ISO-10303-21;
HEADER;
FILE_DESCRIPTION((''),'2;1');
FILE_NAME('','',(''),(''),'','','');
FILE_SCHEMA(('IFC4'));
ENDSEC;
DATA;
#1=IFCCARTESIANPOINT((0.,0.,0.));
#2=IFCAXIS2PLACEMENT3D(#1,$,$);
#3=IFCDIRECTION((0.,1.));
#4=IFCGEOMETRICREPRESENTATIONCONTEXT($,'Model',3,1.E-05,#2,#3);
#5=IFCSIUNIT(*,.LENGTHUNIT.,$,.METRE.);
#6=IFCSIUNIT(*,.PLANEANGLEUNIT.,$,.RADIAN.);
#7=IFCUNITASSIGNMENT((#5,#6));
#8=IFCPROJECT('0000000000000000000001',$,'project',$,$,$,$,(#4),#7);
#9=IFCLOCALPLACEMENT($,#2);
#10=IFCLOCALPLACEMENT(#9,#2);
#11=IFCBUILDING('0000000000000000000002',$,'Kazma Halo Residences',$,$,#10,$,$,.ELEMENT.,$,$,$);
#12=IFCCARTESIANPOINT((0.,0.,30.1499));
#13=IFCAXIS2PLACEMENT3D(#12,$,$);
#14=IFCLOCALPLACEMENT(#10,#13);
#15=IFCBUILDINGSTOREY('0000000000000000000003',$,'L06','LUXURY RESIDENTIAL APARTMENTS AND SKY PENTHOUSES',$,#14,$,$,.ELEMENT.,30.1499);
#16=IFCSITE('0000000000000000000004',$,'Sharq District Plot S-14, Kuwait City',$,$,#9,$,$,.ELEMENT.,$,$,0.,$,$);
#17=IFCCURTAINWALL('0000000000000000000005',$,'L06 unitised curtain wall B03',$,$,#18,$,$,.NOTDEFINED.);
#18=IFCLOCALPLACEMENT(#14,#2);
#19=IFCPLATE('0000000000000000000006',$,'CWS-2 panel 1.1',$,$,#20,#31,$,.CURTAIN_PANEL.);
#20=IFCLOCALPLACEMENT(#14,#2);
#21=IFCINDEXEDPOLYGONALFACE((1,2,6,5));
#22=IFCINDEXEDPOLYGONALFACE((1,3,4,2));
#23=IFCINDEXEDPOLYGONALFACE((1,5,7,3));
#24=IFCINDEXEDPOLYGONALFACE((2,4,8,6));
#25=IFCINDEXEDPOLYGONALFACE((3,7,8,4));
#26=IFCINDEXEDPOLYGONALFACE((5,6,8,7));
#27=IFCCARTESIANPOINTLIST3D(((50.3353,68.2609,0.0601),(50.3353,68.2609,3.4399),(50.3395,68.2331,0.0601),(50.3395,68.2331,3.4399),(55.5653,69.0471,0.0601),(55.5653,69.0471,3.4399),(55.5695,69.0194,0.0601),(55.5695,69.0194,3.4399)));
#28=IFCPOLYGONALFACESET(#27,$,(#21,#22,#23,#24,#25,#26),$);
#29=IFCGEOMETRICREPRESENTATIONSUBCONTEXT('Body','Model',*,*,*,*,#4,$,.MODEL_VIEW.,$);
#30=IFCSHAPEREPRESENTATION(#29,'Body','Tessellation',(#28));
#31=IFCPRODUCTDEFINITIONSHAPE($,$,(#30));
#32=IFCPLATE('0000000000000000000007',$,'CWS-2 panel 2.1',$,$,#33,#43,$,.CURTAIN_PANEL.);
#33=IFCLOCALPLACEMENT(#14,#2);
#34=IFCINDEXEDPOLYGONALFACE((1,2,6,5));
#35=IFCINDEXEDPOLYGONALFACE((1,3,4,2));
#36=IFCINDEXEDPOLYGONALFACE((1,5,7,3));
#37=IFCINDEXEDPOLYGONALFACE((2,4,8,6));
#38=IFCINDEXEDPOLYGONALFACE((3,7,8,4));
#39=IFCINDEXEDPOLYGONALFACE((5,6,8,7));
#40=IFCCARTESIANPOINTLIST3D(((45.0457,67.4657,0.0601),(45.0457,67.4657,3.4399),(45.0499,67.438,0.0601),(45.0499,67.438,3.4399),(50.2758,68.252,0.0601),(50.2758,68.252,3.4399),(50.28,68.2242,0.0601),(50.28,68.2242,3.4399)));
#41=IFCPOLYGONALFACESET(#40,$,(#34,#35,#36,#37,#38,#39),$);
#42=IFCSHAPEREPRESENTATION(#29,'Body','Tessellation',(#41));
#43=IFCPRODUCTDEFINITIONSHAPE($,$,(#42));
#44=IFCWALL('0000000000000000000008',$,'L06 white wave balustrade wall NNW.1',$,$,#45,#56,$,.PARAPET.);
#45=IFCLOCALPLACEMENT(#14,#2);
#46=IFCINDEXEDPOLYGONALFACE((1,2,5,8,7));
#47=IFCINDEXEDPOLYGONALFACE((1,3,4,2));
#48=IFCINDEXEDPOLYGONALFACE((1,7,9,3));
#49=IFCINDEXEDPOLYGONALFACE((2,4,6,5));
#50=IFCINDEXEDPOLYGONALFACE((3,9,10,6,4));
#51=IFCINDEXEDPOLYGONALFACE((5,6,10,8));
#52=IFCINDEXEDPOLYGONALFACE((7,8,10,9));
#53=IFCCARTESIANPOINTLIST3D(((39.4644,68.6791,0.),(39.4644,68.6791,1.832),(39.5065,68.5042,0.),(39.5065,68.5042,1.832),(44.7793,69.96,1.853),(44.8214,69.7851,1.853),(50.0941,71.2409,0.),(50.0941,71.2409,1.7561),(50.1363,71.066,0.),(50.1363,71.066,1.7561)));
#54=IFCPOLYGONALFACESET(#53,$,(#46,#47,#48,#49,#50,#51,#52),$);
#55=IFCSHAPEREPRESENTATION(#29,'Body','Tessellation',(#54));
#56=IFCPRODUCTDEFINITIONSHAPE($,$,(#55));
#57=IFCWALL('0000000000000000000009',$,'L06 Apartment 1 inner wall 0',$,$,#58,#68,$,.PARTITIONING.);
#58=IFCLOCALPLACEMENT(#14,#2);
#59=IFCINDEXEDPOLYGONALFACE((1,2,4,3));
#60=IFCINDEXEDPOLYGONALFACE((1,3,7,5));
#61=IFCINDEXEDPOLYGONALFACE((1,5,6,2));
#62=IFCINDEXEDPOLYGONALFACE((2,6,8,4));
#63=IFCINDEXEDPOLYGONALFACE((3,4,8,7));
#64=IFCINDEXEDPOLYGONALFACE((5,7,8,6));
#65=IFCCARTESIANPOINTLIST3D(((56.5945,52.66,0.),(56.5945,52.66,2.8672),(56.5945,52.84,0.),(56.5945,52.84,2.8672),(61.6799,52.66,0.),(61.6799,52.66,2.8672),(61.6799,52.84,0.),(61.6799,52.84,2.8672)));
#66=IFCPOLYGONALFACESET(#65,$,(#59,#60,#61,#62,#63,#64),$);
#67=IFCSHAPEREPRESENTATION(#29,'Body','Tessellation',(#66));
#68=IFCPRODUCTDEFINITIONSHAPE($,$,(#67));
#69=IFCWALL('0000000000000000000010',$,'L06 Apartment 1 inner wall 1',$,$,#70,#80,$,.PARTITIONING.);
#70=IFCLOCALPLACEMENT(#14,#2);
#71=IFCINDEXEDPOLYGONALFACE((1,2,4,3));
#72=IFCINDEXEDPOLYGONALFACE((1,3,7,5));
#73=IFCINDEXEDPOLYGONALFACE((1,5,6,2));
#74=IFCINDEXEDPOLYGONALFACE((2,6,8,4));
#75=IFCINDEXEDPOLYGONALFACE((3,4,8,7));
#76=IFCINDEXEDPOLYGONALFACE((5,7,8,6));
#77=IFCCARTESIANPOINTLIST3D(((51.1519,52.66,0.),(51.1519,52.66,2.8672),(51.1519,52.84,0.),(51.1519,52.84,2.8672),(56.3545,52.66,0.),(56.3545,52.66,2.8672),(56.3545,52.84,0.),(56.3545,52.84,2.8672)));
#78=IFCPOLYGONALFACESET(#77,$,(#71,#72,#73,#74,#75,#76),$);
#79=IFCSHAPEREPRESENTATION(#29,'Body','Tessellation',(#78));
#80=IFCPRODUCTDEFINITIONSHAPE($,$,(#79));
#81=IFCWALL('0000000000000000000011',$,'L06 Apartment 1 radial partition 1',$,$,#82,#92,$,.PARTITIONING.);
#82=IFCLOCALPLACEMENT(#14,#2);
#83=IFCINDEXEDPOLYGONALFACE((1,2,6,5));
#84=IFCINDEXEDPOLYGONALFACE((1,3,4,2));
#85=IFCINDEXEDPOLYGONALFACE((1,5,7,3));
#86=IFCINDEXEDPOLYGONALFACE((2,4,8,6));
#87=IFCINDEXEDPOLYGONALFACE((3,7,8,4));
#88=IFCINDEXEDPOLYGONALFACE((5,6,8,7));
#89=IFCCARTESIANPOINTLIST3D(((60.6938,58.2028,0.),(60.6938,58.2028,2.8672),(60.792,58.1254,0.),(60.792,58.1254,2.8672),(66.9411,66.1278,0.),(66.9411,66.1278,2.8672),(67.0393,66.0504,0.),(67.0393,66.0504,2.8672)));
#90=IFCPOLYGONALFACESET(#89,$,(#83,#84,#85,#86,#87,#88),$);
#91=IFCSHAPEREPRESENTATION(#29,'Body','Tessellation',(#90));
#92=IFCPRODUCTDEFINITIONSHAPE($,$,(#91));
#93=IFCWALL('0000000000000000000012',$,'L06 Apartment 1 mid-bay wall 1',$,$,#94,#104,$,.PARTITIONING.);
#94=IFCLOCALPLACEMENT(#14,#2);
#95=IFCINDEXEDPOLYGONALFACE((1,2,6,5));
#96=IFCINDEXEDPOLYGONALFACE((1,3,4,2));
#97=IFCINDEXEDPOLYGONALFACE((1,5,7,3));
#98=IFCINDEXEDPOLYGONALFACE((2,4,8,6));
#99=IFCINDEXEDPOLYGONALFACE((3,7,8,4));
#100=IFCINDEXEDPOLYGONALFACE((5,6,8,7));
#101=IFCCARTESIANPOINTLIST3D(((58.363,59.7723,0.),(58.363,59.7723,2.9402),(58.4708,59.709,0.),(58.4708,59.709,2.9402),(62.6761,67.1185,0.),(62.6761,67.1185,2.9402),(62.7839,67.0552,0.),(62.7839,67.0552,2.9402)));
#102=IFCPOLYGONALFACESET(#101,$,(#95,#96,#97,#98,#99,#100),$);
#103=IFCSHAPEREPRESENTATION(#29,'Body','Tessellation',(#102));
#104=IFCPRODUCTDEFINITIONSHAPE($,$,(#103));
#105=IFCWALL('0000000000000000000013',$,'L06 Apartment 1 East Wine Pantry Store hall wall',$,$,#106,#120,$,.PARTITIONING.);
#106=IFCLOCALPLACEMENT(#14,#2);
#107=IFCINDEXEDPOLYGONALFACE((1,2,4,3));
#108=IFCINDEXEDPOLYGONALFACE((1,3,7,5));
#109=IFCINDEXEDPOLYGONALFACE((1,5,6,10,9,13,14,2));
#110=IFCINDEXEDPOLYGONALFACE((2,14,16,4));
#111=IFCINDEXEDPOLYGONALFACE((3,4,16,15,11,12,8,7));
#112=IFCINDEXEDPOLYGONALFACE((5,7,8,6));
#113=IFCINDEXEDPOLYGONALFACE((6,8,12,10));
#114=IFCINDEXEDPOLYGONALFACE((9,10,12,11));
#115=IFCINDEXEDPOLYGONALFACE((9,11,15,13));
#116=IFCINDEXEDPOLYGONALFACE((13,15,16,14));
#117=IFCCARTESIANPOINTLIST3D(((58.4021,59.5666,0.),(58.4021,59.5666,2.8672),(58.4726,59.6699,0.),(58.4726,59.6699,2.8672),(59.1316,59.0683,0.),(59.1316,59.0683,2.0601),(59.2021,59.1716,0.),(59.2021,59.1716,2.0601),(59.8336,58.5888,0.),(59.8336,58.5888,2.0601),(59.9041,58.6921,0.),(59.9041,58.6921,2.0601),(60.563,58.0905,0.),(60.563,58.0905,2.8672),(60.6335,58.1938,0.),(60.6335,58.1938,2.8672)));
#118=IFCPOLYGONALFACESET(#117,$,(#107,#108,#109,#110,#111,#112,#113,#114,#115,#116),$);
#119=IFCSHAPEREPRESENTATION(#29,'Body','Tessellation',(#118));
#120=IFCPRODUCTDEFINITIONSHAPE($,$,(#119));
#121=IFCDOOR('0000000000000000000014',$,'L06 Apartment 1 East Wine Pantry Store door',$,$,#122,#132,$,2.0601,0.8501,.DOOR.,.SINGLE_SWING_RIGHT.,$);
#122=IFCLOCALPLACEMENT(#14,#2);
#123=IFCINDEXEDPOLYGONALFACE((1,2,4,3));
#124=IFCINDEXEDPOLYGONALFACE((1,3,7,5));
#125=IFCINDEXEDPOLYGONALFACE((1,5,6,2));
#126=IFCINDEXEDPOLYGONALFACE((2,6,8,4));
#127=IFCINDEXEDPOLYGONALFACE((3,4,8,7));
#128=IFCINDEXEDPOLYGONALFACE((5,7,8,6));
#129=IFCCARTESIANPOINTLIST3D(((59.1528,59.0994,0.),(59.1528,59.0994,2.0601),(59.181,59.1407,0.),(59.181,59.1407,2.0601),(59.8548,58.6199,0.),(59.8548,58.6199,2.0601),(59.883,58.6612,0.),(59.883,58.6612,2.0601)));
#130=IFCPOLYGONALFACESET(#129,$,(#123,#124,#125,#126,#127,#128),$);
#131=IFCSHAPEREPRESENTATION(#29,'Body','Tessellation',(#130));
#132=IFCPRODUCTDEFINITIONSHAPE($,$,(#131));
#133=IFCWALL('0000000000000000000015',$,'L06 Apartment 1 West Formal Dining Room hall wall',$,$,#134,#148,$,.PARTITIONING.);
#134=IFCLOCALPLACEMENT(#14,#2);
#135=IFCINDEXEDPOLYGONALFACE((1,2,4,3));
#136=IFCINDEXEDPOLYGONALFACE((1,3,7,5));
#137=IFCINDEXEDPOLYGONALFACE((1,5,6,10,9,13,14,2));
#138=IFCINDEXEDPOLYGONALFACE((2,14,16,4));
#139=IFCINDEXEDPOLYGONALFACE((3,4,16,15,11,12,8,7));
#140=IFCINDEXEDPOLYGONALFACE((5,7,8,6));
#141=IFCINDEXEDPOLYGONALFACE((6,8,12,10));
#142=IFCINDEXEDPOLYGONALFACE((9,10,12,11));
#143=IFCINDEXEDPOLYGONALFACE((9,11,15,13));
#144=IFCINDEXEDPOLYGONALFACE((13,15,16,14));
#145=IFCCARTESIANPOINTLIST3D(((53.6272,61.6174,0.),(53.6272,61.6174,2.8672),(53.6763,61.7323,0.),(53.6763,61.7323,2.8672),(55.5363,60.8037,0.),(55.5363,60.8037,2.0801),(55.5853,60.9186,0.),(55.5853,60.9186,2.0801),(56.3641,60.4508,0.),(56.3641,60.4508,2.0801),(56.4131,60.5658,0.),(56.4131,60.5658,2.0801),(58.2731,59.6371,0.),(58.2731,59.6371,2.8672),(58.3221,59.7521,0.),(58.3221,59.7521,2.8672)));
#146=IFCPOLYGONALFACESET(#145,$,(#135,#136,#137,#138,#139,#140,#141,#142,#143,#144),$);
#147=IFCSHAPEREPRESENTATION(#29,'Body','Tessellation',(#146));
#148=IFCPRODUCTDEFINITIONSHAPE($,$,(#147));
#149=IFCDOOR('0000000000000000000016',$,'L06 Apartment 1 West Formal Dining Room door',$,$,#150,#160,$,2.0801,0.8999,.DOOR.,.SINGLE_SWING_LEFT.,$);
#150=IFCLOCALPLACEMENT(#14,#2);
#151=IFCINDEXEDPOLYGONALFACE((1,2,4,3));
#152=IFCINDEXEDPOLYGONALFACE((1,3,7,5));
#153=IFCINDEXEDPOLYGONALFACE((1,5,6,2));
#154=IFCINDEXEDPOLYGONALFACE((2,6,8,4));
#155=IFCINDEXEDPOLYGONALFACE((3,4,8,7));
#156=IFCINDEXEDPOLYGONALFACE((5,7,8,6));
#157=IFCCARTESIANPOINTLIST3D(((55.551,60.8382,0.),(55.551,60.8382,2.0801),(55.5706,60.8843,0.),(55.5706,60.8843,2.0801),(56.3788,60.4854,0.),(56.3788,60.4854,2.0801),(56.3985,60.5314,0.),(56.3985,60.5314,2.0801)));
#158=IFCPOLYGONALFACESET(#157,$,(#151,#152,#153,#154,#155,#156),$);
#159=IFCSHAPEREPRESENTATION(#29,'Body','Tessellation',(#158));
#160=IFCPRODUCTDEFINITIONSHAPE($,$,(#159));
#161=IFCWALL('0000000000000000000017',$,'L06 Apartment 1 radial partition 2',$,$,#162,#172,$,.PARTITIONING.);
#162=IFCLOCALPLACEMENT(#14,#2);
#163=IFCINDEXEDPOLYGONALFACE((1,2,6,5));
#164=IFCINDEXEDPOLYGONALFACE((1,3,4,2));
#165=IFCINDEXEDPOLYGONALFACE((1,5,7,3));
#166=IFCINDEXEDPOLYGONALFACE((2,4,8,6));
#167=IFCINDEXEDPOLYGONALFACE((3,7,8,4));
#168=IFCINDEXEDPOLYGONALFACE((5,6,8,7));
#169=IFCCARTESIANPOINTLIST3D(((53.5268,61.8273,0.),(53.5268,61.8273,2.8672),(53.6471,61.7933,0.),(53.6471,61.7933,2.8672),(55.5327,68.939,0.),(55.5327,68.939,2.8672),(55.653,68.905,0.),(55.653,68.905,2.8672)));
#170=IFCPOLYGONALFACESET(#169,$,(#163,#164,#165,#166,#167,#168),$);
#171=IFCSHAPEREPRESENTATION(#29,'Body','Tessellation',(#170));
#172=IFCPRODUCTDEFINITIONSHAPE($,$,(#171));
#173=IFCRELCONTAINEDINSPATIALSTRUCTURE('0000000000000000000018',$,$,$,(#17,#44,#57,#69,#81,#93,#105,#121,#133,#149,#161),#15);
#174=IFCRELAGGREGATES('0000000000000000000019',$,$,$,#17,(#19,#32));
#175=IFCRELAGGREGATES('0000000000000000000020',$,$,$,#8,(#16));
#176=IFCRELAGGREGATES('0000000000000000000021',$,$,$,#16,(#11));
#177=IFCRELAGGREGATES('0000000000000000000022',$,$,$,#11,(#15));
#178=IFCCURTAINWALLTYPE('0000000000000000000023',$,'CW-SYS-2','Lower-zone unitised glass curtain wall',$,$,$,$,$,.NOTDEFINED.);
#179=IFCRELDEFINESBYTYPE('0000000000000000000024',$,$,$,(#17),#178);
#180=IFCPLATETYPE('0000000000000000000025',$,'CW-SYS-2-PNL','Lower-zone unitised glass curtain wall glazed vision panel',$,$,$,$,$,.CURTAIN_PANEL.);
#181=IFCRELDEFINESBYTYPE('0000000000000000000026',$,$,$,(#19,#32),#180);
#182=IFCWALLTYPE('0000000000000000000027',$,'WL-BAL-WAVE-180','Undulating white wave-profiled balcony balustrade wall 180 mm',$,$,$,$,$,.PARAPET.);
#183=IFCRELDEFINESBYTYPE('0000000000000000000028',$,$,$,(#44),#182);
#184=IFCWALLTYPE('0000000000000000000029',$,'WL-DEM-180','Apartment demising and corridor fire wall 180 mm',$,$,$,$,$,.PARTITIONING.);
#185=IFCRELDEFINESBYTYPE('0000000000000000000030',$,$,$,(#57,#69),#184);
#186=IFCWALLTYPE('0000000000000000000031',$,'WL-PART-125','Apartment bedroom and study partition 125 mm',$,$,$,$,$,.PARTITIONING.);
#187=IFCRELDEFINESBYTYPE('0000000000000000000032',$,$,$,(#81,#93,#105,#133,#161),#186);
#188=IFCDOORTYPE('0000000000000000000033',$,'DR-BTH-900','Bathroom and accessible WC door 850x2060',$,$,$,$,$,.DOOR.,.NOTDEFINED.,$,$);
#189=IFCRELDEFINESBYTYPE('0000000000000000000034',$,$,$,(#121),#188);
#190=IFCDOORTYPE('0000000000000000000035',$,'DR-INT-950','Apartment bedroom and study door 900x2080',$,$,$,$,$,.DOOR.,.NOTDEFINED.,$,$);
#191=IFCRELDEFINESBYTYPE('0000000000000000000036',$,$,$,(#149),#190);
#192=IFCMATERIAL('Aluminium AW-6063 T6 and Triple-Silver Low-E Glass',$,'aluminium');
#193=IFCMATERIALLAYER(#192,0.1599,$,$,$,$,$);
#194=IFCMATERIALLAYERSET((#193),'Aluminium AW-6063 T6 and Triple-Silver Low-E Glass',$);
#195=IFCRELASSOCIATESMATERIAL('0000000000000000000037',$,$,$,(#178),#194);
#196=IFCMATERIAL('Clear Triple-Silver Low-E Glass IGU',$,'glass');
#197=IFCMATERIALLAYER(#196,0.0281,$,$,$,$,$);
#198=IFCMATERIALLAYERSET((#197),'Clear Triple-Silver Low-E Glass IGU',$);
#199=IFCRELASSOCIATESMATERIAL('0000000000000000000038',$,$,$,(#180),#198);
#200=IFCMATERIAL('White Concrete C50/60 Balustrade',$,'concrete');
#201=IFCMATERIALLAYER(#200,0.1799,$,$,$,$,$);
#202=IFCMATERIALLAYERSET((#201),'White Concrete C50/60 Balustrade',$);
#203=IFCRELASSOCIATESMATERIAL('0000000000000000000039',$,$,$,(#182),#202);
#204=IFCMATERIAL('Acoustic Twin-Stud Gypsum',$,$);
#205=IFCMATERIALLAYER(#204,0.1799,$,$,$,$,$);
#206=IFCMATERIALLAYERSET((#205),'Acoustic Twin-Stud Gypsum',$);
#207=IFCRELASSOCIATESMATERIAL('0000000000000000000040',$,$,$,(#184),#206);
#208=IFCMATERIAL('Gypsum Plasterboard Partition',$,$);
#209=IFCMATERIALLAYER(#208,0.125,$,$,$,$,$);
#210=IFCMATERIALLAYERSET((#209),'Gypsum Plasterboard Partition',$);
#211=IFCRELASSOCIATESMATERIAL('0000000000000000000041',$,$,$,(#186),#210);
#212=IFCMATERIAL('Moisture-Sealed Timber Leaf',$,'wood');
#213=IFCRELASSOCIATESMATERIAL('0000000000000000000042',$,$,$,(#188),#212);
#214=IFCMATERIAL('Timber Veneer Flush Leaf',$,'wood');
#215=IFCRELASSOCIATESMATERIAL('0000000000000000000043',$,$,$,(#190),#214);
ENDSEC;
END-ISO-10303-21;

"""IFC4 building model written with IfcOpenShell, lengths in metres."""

from ifc_helpers import new_model, si_unit, direction, frame, frame_2d, origin, origin_2d, place, context, subcontext, project, spatial, polyline, rectangle, outline, extrude, material, layer, layer_set, type_object, element, fill, aggregate, save


model = new_model("IFC4")

# Units and contexts
model_context = context("Model", 3, precision=1e-05, world=origin(), true_north=direction((0.0, 1.0)))
body_context = subcontext(model_context, "Body", "Model", "MODEL_VIEW")
ifc_project = project(units=[si_unit("LENGTHUNIT", "METRE"), si_unit("PLANEANGLEUNIT", "RADIAN")], contexts=[model_context])

# Site, building, storey
site_placement = place(None, origin())
site = spatial("IfcSite", under=ifc_project, at=site_placement, Name="Sharq District Plot S-14, Kuwait City", CompositionType="ELEMENT", RefElevation=0.0)
building_placement = place(site_placement, origin())
building = spatial("IfcBuilding", under=site, at=building_placement, Name="Kazma Halo Residences", CompositionType="ELEMENT")
storey_placement = place(building_placement, frame((0.0, 0.0, 30.1499)))
storey = spatial("IfcBuildingStorey", under=building, at=storey_placement, Name="L06", Description="LUXURY RESIDENTIAL APARTMENTS AND SKY PENTHOUSES", CompositionType="ELEMENT", Elevation=30.1499)

# Curtain wall, plates
ifc_material_1 = material(Name="Aluminium AW-6063 T6 and Triple-Silver Low-E Glass", Category="aluminium")
ifc_layer_1 = layer(ifc_material_1, 0.1599)
ifc_layer_set_1 = layer_set([ifc_layer_1], Name="Aluminium AW-6063 T6 and Triple-Silver Low-E Glass")
curtain_wall_type = type_object("IfcCurtainWallType", Name="CW-SYS-2", Description="Lower-zone unitised glass curtain wall", PredefinedType="NOTDEFINED", material=ifc_layer_set_1)
curtain_wall_placement = place(storey_placement, origin())
curtain_wall = element("IfcCurtainWall", 1, at=curtain_wall_placement, inside=storey, type_object=curtain_wall_type, Name="L06 unitised curtain wall B03", PredefinedType="NOTDEFINED")
ifc_material_2 = material(Name="Clear Triple-Silver Low-E Glass IGU", Category="glass")
ifc_layer_2 = layer(ifc_material_2, 0.0281)
ifc_layer_set_2 = layer_set([ifc_layer_2], Name="Clear Triple-Silver Low-E Glass IGU")
plate_type = type_object("IfcPlateType", Name="CW-SYS-2-PNL", Description="Lower-zone unitised glass curtain wall glazed vision panel", PredefinedType="CURTAIN_PANEL", material=ifc_layer_set_2)
plate_1_placement = place(storey_placement, frame((52.9524, 68.6401, 0.0601), z_axis=(0.0, 0.0, 1.0), x_axis=(-0.988889, -0.148657, 0.0)))
plate_1 = element("IfcPlate", 2, at=plate_1_placement, type_object=plate_type, Name="CWS-2 panel 1.1", PredefinedType="CURTAIN_PANEL", context=body_context, shape_type="SweptSolid", body=[
    extrude(rectangle(XDim=5.2888, YDim=0.0281, at=origin_2d()), origin(), (0.0, 0.0, 1.0), 3.3799),
])
plate_2_placement = place(storey_placement, frame((47.6628, 67.845, 0.0601), z_axis=(0.0, 0.0, 1.0), x_axis=(-0.988889, -0.148657, 0.0)))
plate_2 = element("IfcPlate", 3, at=plate_2_placement, type_object=plate_type, Name="CWS-2 panel 2.1", PredefinedType="CURTAIN_PANEL", context=body_context, shape_type="SweptSolid", body=[
    extrude(rectangle(XDim=5.2888, YDim=0.0281, at=origin_2d()), origin(), (0.0, 0.0, 1.0), 3.3799),
])
aggregate(curtain_wall, [plate_1, plate_2])

# Walls
ifc_material_3 = material(Name="White Concrete C50/60 Balustrade", Category="concrete")
ifc_layer_3 = layer(ifc_material_3, 0.1799)
ifc_layer_set_3 = layer_set([ifc_layer_3], Name="White Concrete C50/60 Balustrade")
wall_type_1 = type_object("IfcWallType", Name="WL-BAL-WAVE-180", Description="Undulating white wave-profiled balcony balustrade wall 180 mm", PredefinedType="PARAPET", material=ifc_layer_set_3)
wall_1_placement = place(storey_placement, frame((50.1152, 71.1533, 0.0), z_axis=(0.0, 0.0, 1.0), x_axis=(-0.972166, -0.234294, 0.0)))
element("IfcWall", 4, at=wall_1_placement, inside=storey, type_object=wall_type_1, Name="L06 white wave balustrade wall NNW.1", PredefinedType="PARAPET", context=body_context, shape_type="SweptSolid", body=[
    extrude(outline(polyline([(0.0, 0.0), (10.9341, 0.0), (10.9341, 1.832), (5.467, 1.853), (0.0, 1.7561), (0.0, 0.0)])), frame((0.0, 0.0898, 0.0), z_axis=(0.0, -1.0, 0.0), x_axis=(1.0, 0.0, 0.0)), (0.0, 0.0, 1.0), 0.1799),
])
ifc_material_4 = material(Name="Acoustic Twin-Stud Gypsum")
ifc_layer_4 = layer(ifc_material_4, 0.1799)
ifc_layer_set_4 = layer_set([ifc_layer_4], Name="Acoustic Twin-Stud Gypsum")
wall_type_2 = type_object("IfcWallType", Name="WL-DEM-180", Description="Apartment demising and corridor fire wall 180 mm", PredefinedType="PARTITIONING", material=ifc_layer_set_4)
wall_2_placement = place(storey_placement, frame((61.6799, 52.75, 0.0), z_axis=(0.0, 0.0, 1.0), x_axis=(-1.0, 0.0, 0.0)))
element("IfcWall", 5, at=wall_2_placement, inside=storey, type_object=wall_type_2, Name="L06 Apartment 1 inner wall 0", PredefinedType="PARTITIONING", context=body_context, shape_type="SweptSolid", body=[
    extrude(rectangle(XDim=5.0854, YDim=0.1799, at=frame_2d((2.5427, 0.0))), origin(), (0.0, 0.0, 1.0), 2.8672),
])
wall_3_placement = place(storey_placement, frame((56.3545, 52.75, 0.0), z_axis=(0.0, 0.0, 1.0), x_axis=(-1.0, 0.0, 0.0)))
element("IfcWall", 6, at=wall_3_placement, inside=storey, type_object=wall_type_2, Name="L06 Apartment 1 inner wall 1", PredefinedType="PARTITIONING", context=body_context, shape_type="SweptSolid", body=[
    extrude(rectangle(XDim=5.2026, YDim=0.1799, at=frame_2d((2.6013, 0.0))), origin(), (0.0, 0.0, 1.0), 2.8672),
])
ifc_material_5 = material(Name="Gypsum Plasterboard Partition")
ifc_layer_5 = layer(ifc_material_5, 0.125)
ifc_layer_set_5 = layer_set([ifc_layer_5], Name="Gypsum Plasterboard Partition")
wall_type_3 = type_object("IfcWallType", Name="WL-PART-125", Description="Apartment bedroom and study partition 125 mm", PredefinedType="PARTITIONING", material=ifc_layer_set_5)
wall_4_placement = place(storey_placement, frame((60.7429, 58.1641, 0.0), z_axis=(0.0, 0.0, 1.0), x_axis=(0.619076, 0.785331, 0.0)))
element("IfcWall", 7, at=wall_4_placement, inside=storey, type_object=wall_type_3, Name="L06 Apartment 1 radial partition 1", PredefinedType="PARTITIONING", context=body_context, shape_type="SweptSolid", body=[
    extrude(rectangle(XDim=10.0913, YDim=0.125, at=frame_2d((5.0457, 0.0))), origin(), (0.0, 0.0, 1.0), 2.8672),
])
wall_5_placement = place(storey_placement, frame((58.417, 59.7407, 0.0), z_axis=(0.0, 0.0, 1.0), x_axis=(0.506296, 0.86236, 0.0)))
element("IfcWall", 8, at=wall_5_placement, inside=storey, type_object=wall_type_3, Name="L06 Apartment 1 mid-bay wall 1", PredefinedType="PARTITIONING", context=body_context, shape_type="SweptSolid", body=[
    extrude(rectangle(XDim=8.5188, YDim=0.125, at=frame_2d((4.2593, 0.0))), origin(), (0.0, 0.0, 1.0), 2.9402),
])

# Walls, openings, doors
wall_6_placement = place(storey_placement, frame((60.5984, 58.1421, 0.0), z_axis=(0.0, 0.0, 1.0), x_axis=(-0.82574, 0.564052, 0.0)))
wall_6 = element("IfcWall", 9, at=wall_6_placement, inside=storey, type_object=wall_type_3, Name="L06 Apartment 1 East Wine Pantry Store hall wall", PredefinedType="PARTITIONING", context=body_context, shape_type="SweptSolid", body=[
    extrude(rectangle(XDim=2.6169, YDim=0.125, at=frame_2d((1.3086, 0.0))), origin(), (0.0, 0.0, 1.0), 2.8672),
])
opening_1_placement = place(wall_6_placement, frame((0.8835, 0.0, 0.0)))
opening_1 = element("IfcOpeningElement", 10, at=opening_1_placement, cuts=wall_6, PredefinedType="OPENING", context=body_context, shape_type="SweptSolid", body=[
    extrude(rectangle(XDim=0.8501, YDim=2.0601, at=frame_2d((0.425, 1.03))), frame((0.0, 0.0725, 0.0), z_axis=(0.0, -1.0, 0.0), x_axis=(1.0, 0.0, 0.0)), (0.0, 0.0, 1.0), 0.145),
])
ifc_material_6 = material(Name="Moisture-Sealed Timber Leaf", Category="wood")
door_type_1 = type_object("IfcDoorType", Name="DR-BTH-900", Description="Bathroom and accessible WC door 850x2060", OperationType="NOTDEFINED", PredefinedType="DOOR", material=ifc_material_6)
door_1_placement = place(opening_1_placement, origin())
door_1 = element("IfcDoor", 11, at=door_1_placement, inside=storey, type_object=door_type_1, Name="L06 Apartment 1 East Wine Pantry Store door", OperationType="SINGLE_SWING_RIGHT", OverallHeight=2.0601, OverallWidth=0.8501, PredefinedType="DOOR", context=body_context, shape_type="SweptSolid", body=[
    extrude(rectangle(XDim=0.8501, YDim=2.0601, at=frame_2d((0.425, 1.03))), frame((0.0, 0.0249, 0.0), z_axis=(0.0, -1.0, 0.0), x_axis=(1.0, 0.0, 0.0)), (0.0, 0.0, 1.0), 0.05),
])
fill(opening_1, door_1)
wall_7_placement = place(storey_placement, frame((58.2976, 59.6946, 0.0), z_axis=(0.0, 0.0, 1.0), x_axis=(-0.919918, 0.39211, 0.0)))
wall_7 = element("IfcWall", 12, at=wall_7_placement, inside=storey, type_object=wall_type_3, Name="L06 Apartment 1 West Formal Dining Room hall wall", PredefinedType="PARTITIONING", context=body_context, shape_type="SweptSolid", body=[
    extrude(rectangle(XDim=5.0503, YDim=0.125, at=frame_2d((2.5251, 0.0))), origin(), (0.0, 0.0, 1.0), 2.8672),
])
opening_2_placement = place(wall_7_placement, frame((2.0752, 0.0, 0.0)))
opening_2 = element("IfcOpeningElement", 13, at=opening_2_placement, cuts=wall_7, PredefinedType="OPENING", context=body_context, shape_type="SweptSolid", body=[
    extrude(rectangle(XDim=0.8999, YDim=2.0801, at=frame_2d((0.45, 1.04))), frame((0.0, 0.0725, 0.0), z_axis=(0.0, -1.0, 0.0), x_axis=(1.0, 0.0, 0.0)), (0.0, 0.0, 1.0), 0.145),
])
ifc_material_7 = material(Name="Timber Veneer Flush Leaf", Category="wood")
door_type_2 = type_object("IfcDoorType", Name="DR-INT-950", Description="Apartment bedroom and study door 900x2080", OperationType="NOTDEFINED", PredefinedType="DOOR", material=ifc_material_7)
door_2_placement = place(opening_2_placement, origin())
door_2 = element("IfcDoor", 14, at=door_2_placement, inside=storey, type_object=door_type_2, Name="L06 Apartment 1 West Formal Dining Room door", OperationType="SINGLE_SWING_LEFT", OverallHeight=2.0801, OverallWidth=0.8999, PredefinedType="DOOR", context=body_context, shape_type="SweptSolid", body=[
    extrude(rectangle(XDim=0.8999, YDim=2.0801, at=frame_2d((0.45, 1.04))), frame((0.0, 0.0249, 0.0), z_axis=(0.0, -1.0, 0.0), x_axis=(1.0, 0.0, 0.0)), (0.0, 0.0, 1.0), 0.05),
])
fill(opening_2, door_2)

# Wall
wall_8_placement = place(storey_placement, frame((53.5869, 61.8103, 0.0), z_axis=(0.0, 0.0, 1.0), x_axis=(0.271464, 0.962449, 0.0)))
element("IfcWall", 15, at=wall_8_placement, inside=storey, type_object=wall_type_3, Name="L06 Apartment 1 radial partition 2", PredefinedType="PARTITIONING", context=body_context, shape_type="SweptSolid", body=[
    extrude(rectangle(XDim=7.3892, YDim=0.125, at=frame_2d((3.6946, 0.0))), origin(), (0.0, 0.0, 1.0), 2.8672),
])

save(model, "model.ifc")
